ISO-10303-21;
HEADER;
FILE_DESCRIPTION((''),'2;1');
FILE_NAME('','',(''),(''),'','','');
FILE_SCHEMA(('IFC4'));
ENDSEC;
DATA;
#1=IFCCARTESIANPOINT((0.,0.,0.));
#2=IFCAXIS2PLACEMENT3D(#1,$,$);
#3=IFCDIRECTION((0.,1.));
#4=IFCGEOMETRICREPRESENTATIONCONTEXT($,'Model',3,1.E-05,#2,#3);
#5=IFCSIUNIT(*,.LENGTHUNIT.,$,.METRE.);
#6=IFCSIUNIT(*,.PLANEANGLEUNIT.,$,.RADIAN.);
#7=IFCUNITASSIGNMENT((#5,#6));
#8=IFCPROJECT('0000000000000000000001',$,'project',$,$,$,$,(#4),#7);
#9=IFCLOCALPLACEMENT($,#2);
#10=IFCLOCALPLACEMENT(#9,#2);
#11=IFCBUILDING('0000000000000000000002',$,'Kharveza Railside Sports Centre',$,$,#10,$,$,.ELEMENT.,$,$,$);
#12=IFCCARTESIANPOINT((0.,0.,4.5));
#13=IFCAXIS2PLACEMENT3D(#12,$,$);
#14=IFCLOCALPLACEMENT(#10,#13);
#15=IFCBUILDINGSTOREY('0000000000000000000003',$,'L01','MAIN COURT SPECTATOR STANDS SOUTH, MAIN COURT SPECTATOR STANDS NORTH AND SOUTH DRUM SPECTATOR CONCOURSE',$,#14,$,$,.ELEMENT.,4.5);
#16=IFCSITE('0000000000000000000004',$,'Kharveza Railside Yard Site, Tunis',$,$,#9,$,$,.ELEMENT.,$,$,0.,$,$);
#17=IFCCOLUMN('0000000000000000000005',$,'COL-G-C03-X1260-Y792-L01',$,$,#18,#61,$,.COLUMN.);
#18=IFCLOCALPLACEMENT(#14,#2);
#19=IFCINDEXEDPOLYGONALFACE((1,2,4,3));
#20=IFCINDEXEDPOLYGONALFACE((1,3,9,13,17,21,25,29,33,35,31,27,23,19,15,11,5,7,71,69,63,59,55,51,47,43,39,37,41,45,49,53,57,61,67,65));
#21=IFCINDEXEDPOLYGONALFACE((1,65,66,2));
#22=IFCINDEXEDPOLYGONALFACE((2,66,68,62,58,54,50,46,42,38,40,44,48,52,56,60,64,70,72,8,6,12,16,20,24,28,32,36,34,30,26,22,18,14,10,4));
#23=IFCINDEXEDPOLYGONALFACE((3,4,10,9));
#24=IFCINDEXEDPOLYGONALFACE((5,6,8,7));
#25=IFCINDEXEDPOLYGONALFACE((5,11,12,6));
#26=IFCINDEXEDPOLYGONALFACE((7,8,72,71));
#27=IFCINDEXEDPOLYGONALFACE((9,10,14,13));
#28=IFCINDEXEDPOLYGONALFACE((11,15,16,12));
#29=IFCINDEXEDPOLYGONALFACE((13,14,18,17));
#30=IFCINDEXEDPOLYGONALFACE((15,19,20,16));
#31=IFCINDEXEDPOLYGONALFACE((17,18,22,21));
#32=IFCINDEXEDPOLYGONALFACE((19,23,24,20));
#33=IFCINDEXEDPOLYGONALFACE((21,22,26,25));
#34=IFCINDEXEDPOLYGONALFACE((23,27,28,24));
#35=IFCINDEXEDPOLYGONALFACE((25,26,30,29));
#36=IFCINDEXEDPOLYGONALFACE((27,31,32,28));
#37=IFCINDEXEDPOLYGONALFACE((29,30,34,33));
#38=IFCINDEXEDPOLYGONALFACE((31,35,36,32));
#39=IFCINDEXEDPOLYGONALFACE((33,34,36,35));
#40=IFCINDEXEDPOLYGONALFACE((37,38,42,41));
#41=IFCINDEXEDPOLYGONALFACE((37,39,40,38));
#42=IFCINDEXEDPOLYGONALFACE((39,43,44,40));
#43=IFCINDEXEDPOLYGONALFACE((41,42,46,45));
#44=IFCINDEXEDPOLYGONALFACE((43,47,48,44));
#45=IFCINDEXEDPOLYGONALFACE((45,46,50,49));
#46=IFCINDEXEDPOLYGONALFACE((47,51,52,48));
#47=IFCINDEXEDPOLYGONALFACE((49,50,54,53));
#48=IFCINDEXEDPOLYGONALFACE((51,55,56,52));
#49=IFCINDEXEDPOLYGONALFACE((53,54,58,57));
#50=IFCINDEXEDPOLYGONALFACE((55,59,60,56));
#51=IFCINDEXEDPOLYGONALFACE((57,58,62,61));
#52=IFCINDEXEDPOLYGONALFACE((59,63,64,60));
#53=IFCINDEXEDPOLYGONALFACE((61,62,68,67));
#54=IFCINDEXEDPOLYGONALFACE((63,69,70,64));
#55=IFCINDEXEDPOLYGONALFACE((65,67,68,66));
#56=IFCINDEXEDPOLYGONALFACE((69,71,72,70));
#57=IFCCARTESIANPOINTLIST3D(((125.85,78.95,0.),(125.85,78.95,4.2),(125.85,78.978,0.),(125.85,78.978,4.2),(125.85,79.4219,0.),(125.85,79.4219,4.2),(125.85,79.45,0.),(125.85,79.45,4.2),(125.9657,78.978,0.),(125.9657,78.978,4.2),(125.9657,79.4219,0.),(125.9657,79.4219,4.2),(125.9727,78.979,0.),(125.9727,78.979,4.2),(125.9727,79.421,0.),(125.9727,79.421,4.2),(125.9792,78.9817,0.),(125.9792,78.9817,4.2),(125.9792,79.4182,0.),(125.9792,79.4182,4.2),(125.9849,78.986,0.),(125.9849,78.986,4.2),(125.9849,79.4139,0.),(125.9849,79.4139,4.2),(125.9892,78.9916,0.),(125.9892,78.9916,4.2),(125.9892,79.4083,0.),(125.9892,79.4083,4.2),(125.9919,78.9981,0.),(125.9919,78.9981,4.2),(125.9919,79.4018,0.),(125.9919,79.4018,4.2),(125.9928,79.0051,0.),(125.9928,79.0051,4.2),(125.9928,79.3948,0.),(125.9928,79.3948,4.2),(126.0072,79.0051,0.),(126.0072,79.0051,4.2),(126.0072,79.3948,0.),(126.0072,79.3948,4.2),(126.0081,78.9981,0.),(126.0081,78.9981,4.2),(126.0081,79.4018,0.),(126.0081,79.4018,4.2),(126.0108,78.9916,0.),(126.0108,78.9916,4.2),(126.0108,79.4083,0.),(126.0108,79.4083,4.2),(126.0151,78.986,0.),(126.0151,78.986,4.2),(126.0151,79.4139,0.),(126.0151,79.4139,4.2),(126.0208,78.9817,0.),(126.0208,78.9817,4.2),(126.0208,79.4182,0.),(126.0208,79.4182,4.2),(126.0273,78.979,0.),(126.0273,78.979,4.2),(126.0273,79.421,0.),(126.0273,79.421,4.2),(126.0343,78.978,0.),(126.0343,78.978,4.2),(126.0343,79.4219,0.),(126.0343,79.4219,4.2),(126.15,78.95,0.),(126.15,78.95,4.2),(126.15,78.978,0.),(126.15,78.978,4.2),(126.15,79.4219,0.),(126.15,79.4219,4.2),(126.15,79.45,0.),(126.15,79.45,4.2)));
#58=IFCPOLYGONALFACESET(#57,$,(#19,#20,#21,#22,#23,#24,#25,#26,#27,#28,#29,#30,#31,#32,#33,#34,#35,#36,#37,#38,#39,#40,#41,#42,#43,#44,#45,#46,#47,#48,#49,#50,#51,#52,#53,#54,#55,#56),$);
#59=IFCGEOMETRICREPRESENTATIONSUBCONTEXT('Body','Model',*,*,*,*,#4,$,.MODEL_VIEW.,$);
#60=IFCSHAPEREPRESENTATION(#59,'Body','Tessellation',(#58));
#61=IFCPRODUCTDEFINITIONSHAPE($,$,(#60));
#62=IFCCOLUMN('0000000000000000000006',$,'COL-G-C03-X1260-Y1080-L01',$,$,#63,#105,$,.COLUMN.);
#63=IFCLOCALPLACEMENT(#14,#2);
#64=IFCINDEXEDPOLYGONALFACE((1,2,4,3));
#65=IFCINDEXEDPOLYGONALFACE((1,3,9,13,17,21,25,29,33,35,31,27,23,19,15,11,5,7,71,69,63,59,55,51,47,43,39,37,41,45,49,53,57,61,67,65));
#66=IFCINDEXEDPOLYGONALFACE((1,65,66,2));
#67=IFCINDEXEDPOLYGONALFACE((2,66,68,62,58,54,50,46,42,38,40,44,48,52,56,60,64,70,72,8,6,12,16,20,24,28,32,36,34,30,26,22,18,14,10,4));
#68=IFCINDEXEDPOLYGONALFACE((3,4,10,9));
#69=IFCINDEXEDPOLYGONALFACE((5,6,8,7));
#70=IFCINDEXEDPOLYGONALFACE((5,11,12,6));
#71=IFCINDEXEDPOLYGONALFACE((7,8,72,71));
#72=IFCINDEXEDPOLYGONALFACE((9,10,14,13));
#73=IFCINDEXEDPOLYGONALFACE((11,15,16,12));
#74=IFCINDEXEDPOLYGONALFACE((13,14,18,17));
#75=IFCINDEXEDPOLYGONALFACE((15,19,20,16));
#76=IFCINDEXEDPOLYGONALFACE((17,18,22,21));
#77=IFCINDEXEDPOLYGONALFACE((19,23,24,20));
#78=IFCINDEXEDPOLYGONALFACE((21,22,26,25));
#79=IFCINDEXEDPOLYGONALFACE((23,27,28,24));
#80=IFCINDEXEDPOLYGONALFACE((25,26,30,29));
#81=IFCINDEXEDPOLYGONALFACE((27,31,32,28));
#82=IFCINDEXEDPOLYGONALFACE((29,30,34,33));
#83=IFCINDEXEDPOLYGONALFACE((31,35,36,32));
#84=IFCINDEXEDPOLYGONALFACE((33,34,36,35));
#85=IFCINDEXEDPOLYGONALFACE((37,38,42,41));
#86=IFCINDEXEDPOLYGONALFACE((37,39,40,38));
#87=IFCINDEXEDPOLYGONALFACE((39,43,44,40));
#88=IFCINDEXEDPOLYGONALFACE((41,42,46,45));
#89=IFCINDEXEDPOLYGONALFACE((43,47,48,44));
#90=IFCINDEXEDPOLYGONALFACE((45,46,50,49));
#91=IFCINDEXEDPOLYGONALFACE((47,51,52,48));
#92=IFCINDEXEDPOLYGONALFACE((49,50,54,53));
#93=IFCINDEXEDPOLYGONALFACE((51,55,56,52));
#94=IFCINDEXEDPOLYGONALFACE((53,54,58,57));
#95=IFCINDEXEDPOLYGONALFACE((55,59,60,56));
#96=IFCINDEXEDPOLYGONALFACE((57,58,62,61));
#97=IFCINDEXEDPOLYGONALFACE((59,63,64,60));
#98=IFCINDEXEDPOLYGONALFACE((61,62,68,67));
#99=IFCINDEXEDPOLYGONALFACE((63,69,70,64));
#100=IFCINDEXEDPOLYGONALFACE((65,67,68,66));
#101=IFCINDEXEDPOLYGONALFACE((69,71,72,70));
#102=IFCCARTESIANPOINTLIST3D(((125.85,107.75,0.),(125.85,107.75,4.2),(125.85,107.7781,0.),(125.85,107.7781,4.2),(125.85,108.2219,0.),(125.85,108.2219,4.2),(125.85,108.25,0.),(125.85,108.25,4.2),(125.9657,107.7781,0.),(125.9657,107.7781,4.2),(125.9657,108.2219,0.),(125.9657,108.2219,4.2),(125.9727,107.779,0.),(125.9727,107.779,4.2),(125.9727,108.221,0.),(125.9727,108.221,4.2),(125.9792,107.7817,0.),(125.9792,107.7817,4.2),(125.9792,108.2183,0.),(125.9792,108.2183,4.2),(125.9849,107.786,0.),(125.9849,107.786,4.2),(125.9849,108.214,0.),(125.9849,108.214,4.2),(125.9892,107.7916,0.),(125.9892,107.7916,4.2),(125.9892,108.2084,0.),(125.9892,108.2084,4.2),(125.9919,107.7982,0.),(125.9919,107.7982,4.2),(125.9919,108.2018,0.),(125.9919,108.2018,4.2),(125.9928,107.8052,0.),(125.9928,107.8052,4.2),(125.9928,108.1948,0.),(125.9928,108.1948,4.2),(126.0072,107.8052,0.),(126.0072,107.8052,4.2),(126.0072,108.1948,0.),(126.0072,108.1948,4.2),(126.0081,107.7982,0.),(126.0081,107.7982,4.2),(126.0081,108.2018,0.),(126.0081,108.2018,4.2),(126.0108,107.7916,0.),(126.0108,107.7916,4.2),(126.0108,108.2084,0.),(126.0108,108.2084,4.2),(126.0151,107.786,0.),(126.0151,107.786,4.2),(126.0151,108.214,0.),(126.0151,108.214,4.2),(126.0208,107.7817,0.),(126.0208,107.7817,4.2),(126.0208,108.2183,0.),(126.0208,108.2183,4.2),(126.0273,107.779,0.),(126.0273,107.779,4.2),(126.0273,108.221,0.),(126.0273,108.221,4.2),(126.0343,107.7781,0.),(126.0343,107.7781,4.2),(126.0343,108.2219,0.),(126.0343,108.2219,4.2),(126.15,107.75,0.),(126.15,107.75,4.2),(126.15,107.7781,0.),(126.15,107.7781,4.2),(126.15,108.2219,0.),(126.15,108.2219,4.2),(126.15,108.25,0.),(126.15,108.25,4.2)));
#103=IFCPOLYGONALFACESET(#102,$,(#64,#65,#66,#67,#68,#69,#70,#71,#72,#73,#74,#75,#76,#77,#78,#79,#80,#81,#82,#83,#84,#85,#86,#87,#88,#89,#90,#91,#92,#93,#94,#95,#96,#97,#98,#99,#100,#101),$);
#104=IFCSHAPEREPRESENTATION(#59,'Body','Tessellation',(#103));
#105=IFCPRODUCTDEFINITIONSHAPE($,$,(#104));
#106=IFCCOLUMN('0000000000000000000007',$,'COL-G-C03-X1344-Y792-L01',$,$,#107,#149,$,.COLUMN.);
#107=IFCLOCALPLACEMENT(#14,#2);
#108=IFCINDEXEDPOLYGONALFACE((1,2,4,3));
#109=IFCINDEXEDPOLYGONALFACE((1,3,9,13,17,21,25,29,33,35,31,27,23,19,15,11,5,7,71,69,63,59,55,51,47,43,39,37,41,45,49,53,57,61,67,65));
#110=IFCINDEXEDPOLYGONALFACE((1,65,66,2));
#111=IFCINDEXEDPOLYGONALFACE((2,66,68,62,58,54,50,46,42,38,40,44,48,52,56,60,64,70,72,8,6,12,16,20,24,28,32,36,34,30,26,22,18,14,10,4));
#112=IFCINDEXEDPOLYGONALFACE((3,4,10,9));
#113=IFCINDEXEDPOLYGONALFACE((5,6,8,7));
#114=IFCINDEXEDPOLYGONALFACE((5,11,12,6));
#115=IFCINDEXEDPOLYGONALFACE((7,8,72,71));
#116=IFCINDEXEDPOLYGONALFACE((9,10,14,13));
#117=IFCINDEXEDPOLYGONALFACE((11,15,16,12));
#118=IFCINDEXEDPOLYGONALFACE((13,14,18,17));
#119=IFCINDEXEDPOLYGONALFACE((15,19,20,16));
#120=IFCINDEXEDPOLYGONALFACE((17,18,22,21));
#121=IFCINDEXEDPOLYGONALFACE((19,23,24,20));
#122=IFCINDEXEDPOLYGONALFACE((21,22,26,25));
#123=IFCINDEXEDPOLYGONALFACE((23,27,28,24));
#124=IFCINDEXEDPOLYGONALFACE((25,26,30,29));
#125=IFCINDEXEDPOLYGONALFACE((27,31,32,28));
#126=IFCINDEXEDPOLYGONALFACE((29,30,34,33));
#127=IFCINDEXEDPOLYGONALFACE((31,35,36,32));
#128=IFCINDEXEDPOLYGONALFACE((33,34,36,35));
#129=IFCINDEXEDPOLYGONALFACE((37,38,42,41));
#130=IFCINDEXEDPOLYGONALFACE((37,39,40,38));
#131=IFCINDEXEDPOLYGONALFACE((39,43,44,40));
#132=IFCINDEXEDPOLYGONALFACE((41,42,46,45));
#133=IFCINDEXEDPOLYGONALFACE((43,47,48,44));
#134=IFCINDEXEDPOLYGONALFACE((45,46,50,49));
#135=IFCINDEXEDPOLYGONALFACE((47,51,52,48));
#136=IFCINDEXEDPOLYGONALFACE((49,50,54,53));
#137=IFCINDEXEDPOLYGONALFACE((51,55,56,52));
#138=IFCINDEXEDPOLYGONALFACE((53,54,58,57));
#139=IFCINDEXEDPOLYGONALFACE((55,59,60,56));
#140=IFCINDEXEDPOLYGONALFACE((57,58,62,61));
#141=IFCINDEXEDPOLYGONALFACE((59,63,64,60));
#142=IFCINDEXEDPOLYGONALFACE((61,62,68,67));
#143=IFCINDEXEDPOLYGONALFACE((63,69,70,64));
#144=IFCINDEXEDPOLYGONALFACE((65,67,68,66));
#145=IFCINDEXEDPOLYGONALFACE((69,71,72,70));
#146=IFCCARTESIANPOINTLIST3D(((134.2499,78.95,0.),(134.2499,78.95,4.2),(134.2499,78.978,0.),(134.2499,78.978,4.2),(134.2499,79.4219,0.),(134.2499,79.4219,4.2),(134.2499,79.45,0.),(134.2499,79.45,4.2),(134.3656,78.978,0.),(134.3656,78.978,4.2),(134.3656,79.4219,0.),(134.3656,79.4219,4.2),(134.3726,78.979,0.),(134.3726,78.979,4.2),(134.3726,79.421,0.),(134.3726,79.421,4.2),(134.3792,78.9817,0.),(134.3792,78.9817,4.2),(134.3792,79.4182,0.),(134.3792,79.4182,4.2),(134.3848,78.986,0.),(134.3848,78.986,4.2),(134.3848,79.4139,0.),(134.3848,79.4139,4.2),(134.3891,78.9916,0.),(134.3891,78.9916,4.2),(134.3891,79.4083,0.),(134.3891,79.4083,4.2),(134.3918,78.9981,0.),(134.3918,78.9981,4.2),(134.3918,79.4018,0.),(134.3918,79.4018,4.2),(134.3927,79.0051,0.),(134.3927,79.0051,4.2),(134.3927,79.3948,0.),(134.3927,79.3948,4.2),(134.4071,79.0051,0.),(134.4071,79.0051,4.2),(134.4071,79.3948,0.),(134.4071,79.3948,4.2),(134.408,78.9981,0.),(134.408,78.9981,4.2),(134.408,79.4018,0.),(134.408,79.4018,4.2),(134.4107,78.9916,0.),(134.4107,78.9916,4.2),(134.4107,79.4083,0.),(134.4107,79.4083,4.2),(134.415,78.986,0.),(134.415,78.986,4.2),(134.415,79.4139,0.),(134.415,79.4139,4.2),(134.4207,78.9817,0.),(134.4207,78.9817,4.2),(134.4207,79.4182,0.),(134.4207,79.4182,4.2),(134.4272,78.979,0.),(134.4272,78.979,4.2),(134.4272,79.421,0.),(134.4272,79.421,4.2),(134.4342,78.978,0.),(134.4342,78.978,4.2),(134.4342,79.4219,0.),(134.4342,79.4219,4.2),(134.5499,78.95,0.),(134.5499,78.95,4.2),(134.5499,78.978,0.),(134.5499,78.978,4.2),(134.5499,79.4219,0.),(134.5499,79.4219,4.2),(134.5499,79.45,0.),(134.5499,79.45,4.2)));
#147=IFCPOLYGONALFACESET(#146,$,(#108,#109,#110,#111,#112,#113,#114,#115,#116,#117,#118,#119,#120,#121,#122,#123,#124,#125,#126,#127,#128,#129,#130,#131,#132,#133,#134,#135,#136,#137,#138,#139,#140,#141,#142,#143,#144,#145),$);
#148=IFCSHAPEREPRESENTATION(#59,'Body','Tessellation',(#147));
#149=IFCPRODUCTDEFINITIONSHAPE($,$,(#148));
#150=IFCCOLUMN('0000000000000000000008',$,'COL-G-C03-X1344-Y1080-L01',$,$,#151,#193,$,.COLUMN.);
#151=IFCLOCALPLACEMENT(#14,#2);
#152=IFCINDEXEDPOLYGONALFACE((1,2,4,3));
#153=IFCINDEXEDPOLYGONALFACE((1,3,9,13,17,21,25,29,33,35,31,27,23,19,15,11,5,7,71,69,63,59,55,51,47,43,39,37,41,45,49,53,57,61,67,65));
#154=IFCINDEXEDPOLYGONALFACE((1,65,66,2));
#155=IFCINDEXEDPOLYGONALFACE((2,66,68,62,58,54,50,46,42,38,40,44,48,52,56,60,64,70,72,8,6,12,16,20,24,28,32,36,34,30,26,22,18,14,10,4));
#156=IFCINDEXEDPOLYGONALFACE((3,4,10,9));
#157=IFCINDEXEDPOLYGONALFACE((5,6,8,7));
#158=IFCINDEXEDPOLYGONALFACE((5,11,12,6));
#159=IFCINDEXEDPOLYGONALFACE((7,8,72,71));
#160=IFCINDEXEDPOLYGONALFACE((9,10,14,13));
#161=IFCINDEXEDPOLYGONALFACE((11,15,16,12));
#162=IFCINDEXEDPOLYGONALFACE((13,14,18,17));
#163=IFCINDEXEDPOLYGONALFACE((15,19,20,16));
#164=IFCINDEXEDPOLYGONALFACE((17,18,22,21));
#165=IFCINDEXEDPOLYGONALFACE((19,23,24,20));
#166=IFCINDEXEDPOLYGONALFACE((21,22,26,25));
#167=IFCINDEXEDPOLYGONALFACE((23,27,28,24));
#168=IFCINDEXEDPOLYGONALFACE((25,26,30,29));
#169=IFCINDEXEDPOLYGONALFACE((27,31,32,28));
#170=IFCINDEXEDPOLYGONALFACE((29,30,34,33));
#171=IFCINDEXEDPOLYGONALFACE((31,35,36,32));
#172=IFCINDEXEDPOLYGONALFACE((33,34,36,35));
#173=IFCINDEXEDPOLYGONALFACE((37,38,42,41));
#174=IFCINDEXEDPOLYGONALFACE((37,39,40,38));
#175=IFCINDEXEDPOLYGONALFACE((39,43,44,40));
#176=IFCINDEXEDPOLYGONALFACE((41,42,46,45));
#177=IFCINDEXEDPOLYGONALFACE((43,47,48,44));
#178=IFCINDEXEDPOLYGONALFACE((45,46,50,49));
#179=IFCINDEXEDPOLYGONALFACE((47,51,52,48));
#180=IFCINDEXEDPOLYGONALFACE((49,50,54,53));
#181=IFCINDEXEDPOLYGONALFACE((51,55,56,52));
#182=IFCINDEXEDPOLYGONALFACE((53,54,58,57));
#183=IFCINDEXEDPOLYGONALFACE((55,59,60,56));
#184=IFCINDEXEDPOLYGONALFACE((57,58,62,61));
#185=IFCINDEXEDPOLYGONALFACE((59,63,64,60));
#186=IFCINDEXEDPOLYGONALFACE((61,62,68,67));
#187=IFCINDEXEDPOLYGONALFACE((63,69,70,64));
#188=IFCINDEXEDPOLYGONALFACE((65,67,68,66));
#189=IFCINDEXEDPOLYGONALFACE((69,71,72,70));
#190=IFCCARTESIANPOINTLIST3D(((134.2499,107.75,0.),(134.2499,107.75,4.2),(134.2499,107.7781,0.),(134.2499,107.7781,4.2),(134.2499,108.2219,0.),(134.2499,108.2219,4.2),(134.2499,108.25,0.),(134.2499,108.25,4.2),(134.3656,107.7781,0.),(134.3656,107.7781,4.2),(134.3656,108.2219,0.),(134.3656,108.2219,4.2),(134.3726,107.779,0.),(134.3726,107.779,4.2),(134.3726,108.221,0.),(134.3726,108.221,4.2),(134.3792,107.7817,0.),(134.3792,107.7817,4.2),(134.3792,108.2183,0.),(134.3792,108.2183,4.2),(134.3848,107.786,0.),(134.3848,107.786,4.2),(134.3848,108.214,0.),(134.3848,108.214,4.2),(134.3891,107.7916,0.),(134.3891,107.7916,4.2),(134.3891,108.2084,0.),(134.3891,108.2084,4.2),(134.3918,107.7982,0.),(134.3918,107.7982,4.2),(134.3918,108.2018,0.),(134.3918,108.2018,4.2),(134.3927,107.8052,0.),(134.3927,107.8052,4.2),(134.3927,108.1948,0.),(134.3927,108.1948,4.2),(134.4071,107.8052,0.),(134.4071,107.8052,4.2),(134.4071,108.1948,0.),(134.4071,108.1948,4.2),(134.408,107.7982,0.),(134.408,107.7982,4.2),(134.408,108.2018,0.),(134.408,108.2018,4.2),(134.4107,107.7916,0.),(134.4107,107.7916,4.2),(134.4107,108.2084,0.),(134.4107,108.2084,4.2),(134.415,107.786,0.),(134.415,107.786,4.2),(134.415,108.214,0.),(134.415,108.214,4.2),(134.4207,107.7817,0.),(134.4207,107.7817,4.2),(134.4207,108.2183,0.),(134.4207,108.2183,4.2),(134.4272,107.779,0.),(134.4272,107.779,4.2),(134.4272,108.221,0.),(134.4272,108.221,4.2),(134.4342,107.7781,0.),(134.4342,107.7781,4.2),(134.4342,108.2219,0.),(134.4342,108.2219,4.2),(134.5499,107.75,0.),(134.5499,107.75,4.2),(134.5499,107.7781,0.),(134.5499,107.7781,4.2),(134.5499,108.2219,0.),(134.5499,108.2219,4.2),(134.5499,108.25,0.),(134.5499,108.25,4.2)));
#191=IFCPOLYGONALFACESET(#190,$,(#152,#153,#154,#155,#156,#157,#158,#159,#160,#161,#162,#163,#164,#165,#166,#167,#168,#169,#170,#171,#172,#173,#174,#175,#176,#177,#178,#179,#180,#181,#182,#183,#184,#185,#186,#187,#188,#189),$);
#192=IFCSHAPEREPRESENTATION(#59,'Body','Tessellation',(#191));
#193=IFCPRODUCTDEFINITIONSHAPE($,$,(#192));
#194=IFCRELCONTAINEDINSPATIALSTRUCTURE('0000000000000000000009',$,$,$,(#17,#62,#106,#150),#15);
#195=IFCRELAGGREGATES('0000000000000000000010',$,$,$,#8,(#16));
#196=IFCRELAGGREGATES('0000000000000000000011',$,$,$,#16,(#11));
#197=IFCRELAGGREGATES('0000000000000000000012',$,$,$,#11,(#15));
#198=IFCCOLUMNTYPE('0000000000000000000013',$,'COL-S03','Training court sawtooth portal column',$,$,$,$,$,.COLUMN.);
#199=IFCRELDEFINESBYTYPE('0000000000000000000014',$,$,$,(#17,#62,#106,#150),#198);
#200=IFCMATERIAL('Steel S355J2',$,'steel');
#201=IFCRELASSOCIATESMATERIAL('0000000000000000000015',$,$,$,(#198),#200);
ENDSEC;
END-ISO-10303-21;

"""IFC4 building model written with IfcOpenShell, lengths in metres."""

from ifc_helpers import new_model, si_unit, direction, frame, origin, origin_2d, place, context, subcontext, project, spatial, i_section, extrude, material, material_profile, profile_set, type_object, element, save


model = new_model("IFC4")

# Units and contexts
model_context = context("Model", 3, precision=1e-05, world=origin(), true_north=direction((0.0, 1.0)))
body_context = subcontext(model_context, "Body", "Model", "MODEL_VIEW")
ifc_project = project(units=[si_unit("LENGTHUNIT", "METRE"), si_unit("PLANEANGLEUNIT", "RADIAN")], contexts=[model_context])

# Site, building, storey
site_placement = place(None, origin())
site = spatial("IfcSite", under=ifc_project, at=site_placement, Name="Kharveza Railside Yard Site, Tunis", CompositionType="ELEMENT", RefElevation=0.0)
building_placement = place(site_placement, origin())
building = spatial("IfcBuilding", under=site, at=building_placement, Name="Kharveza Railside Sports Centre", CompositionType="ELEMENT")
storey_placement = place(building_placement, frame((0.0, 0.0, 4.5)))
storey = spatial("IfcBuildingStorey", under=building, at=storey_placement, Name="L01", Description="MAIN COURT SPECTATOR STANDS SOUTH, MAIN COURT SPECTATOR STANDS NORTH AND SOUTH DRUM SPECTATOR CONCOURSE", CompositionType="ELEMENT", Elevation=4.5)

# Columns
ifc_material_1 = material(Name="Steel S355J2", Category="steel")
ifc_material_profile_1 = material_profile(ifc_material_1, i_section(OverallWidth=0.3, OverallDepth=0.5, WebThickness=0.0144, FlangeThickness=0.0281, FilletRadius=0.0271, at=origin_2d()), Name="HEB 500")
ifc_profile_set_1 = profile_set([ifc_material_profile_1], Name="Steel S355J2")
column_type = type_object("IfcColumnType", Name="COL-S03", Description="Training court sawtooth portal column", PredefinedType="COLUMN", material=ifc_profile_set_1)
for number, where, z_axis, x_axis, name in (
    (1, (126.0, 79.2, 0.0), (0.0, 0.0, 1.0), (1.0, 0.0, 0.0), "COL-G-C03-X1260-Y792-L01"),
    (2, (126.0, 108.0, 0.0), (0.0, 0.0, 1.0), (1.0, 0.0, 0.0), "COL-G-C03-X1260-Y1080-L01"),
    (3, (134.3999, 79.2, 0.0), (0.0, 0.0, 1.0), (1.0, 0.0, 0.0), "COL-G-C03-X1344-Y792-L01"),
    (4, (134.3999, 108.0, 0.0), (0.0, 0.0, 1.0), (1.0, 0.0, 0.0), "COL-G-C03-X1344-Y1080-L01"),
):
    element("IfcColumn", number, at=place(storey_placement, frame(where, z_axis=z_axis, x_axis=x_axis)), inside=storey, type_object=column_type, Name=name, PredefinedType="COLUMN", context=body_context, shape_type="SweptSolid", body=[
        extrude(i_section(OverallWidth=0.3, OverallDepth=0.5, WebThickness=0.0144, FlangeThickness=0.0281, FilletRadius=0.0271, at=origin_2d()), origin(), (0.0, 0.0, 1.0), 4.2),
    ])

save(model, "model.ifc")
